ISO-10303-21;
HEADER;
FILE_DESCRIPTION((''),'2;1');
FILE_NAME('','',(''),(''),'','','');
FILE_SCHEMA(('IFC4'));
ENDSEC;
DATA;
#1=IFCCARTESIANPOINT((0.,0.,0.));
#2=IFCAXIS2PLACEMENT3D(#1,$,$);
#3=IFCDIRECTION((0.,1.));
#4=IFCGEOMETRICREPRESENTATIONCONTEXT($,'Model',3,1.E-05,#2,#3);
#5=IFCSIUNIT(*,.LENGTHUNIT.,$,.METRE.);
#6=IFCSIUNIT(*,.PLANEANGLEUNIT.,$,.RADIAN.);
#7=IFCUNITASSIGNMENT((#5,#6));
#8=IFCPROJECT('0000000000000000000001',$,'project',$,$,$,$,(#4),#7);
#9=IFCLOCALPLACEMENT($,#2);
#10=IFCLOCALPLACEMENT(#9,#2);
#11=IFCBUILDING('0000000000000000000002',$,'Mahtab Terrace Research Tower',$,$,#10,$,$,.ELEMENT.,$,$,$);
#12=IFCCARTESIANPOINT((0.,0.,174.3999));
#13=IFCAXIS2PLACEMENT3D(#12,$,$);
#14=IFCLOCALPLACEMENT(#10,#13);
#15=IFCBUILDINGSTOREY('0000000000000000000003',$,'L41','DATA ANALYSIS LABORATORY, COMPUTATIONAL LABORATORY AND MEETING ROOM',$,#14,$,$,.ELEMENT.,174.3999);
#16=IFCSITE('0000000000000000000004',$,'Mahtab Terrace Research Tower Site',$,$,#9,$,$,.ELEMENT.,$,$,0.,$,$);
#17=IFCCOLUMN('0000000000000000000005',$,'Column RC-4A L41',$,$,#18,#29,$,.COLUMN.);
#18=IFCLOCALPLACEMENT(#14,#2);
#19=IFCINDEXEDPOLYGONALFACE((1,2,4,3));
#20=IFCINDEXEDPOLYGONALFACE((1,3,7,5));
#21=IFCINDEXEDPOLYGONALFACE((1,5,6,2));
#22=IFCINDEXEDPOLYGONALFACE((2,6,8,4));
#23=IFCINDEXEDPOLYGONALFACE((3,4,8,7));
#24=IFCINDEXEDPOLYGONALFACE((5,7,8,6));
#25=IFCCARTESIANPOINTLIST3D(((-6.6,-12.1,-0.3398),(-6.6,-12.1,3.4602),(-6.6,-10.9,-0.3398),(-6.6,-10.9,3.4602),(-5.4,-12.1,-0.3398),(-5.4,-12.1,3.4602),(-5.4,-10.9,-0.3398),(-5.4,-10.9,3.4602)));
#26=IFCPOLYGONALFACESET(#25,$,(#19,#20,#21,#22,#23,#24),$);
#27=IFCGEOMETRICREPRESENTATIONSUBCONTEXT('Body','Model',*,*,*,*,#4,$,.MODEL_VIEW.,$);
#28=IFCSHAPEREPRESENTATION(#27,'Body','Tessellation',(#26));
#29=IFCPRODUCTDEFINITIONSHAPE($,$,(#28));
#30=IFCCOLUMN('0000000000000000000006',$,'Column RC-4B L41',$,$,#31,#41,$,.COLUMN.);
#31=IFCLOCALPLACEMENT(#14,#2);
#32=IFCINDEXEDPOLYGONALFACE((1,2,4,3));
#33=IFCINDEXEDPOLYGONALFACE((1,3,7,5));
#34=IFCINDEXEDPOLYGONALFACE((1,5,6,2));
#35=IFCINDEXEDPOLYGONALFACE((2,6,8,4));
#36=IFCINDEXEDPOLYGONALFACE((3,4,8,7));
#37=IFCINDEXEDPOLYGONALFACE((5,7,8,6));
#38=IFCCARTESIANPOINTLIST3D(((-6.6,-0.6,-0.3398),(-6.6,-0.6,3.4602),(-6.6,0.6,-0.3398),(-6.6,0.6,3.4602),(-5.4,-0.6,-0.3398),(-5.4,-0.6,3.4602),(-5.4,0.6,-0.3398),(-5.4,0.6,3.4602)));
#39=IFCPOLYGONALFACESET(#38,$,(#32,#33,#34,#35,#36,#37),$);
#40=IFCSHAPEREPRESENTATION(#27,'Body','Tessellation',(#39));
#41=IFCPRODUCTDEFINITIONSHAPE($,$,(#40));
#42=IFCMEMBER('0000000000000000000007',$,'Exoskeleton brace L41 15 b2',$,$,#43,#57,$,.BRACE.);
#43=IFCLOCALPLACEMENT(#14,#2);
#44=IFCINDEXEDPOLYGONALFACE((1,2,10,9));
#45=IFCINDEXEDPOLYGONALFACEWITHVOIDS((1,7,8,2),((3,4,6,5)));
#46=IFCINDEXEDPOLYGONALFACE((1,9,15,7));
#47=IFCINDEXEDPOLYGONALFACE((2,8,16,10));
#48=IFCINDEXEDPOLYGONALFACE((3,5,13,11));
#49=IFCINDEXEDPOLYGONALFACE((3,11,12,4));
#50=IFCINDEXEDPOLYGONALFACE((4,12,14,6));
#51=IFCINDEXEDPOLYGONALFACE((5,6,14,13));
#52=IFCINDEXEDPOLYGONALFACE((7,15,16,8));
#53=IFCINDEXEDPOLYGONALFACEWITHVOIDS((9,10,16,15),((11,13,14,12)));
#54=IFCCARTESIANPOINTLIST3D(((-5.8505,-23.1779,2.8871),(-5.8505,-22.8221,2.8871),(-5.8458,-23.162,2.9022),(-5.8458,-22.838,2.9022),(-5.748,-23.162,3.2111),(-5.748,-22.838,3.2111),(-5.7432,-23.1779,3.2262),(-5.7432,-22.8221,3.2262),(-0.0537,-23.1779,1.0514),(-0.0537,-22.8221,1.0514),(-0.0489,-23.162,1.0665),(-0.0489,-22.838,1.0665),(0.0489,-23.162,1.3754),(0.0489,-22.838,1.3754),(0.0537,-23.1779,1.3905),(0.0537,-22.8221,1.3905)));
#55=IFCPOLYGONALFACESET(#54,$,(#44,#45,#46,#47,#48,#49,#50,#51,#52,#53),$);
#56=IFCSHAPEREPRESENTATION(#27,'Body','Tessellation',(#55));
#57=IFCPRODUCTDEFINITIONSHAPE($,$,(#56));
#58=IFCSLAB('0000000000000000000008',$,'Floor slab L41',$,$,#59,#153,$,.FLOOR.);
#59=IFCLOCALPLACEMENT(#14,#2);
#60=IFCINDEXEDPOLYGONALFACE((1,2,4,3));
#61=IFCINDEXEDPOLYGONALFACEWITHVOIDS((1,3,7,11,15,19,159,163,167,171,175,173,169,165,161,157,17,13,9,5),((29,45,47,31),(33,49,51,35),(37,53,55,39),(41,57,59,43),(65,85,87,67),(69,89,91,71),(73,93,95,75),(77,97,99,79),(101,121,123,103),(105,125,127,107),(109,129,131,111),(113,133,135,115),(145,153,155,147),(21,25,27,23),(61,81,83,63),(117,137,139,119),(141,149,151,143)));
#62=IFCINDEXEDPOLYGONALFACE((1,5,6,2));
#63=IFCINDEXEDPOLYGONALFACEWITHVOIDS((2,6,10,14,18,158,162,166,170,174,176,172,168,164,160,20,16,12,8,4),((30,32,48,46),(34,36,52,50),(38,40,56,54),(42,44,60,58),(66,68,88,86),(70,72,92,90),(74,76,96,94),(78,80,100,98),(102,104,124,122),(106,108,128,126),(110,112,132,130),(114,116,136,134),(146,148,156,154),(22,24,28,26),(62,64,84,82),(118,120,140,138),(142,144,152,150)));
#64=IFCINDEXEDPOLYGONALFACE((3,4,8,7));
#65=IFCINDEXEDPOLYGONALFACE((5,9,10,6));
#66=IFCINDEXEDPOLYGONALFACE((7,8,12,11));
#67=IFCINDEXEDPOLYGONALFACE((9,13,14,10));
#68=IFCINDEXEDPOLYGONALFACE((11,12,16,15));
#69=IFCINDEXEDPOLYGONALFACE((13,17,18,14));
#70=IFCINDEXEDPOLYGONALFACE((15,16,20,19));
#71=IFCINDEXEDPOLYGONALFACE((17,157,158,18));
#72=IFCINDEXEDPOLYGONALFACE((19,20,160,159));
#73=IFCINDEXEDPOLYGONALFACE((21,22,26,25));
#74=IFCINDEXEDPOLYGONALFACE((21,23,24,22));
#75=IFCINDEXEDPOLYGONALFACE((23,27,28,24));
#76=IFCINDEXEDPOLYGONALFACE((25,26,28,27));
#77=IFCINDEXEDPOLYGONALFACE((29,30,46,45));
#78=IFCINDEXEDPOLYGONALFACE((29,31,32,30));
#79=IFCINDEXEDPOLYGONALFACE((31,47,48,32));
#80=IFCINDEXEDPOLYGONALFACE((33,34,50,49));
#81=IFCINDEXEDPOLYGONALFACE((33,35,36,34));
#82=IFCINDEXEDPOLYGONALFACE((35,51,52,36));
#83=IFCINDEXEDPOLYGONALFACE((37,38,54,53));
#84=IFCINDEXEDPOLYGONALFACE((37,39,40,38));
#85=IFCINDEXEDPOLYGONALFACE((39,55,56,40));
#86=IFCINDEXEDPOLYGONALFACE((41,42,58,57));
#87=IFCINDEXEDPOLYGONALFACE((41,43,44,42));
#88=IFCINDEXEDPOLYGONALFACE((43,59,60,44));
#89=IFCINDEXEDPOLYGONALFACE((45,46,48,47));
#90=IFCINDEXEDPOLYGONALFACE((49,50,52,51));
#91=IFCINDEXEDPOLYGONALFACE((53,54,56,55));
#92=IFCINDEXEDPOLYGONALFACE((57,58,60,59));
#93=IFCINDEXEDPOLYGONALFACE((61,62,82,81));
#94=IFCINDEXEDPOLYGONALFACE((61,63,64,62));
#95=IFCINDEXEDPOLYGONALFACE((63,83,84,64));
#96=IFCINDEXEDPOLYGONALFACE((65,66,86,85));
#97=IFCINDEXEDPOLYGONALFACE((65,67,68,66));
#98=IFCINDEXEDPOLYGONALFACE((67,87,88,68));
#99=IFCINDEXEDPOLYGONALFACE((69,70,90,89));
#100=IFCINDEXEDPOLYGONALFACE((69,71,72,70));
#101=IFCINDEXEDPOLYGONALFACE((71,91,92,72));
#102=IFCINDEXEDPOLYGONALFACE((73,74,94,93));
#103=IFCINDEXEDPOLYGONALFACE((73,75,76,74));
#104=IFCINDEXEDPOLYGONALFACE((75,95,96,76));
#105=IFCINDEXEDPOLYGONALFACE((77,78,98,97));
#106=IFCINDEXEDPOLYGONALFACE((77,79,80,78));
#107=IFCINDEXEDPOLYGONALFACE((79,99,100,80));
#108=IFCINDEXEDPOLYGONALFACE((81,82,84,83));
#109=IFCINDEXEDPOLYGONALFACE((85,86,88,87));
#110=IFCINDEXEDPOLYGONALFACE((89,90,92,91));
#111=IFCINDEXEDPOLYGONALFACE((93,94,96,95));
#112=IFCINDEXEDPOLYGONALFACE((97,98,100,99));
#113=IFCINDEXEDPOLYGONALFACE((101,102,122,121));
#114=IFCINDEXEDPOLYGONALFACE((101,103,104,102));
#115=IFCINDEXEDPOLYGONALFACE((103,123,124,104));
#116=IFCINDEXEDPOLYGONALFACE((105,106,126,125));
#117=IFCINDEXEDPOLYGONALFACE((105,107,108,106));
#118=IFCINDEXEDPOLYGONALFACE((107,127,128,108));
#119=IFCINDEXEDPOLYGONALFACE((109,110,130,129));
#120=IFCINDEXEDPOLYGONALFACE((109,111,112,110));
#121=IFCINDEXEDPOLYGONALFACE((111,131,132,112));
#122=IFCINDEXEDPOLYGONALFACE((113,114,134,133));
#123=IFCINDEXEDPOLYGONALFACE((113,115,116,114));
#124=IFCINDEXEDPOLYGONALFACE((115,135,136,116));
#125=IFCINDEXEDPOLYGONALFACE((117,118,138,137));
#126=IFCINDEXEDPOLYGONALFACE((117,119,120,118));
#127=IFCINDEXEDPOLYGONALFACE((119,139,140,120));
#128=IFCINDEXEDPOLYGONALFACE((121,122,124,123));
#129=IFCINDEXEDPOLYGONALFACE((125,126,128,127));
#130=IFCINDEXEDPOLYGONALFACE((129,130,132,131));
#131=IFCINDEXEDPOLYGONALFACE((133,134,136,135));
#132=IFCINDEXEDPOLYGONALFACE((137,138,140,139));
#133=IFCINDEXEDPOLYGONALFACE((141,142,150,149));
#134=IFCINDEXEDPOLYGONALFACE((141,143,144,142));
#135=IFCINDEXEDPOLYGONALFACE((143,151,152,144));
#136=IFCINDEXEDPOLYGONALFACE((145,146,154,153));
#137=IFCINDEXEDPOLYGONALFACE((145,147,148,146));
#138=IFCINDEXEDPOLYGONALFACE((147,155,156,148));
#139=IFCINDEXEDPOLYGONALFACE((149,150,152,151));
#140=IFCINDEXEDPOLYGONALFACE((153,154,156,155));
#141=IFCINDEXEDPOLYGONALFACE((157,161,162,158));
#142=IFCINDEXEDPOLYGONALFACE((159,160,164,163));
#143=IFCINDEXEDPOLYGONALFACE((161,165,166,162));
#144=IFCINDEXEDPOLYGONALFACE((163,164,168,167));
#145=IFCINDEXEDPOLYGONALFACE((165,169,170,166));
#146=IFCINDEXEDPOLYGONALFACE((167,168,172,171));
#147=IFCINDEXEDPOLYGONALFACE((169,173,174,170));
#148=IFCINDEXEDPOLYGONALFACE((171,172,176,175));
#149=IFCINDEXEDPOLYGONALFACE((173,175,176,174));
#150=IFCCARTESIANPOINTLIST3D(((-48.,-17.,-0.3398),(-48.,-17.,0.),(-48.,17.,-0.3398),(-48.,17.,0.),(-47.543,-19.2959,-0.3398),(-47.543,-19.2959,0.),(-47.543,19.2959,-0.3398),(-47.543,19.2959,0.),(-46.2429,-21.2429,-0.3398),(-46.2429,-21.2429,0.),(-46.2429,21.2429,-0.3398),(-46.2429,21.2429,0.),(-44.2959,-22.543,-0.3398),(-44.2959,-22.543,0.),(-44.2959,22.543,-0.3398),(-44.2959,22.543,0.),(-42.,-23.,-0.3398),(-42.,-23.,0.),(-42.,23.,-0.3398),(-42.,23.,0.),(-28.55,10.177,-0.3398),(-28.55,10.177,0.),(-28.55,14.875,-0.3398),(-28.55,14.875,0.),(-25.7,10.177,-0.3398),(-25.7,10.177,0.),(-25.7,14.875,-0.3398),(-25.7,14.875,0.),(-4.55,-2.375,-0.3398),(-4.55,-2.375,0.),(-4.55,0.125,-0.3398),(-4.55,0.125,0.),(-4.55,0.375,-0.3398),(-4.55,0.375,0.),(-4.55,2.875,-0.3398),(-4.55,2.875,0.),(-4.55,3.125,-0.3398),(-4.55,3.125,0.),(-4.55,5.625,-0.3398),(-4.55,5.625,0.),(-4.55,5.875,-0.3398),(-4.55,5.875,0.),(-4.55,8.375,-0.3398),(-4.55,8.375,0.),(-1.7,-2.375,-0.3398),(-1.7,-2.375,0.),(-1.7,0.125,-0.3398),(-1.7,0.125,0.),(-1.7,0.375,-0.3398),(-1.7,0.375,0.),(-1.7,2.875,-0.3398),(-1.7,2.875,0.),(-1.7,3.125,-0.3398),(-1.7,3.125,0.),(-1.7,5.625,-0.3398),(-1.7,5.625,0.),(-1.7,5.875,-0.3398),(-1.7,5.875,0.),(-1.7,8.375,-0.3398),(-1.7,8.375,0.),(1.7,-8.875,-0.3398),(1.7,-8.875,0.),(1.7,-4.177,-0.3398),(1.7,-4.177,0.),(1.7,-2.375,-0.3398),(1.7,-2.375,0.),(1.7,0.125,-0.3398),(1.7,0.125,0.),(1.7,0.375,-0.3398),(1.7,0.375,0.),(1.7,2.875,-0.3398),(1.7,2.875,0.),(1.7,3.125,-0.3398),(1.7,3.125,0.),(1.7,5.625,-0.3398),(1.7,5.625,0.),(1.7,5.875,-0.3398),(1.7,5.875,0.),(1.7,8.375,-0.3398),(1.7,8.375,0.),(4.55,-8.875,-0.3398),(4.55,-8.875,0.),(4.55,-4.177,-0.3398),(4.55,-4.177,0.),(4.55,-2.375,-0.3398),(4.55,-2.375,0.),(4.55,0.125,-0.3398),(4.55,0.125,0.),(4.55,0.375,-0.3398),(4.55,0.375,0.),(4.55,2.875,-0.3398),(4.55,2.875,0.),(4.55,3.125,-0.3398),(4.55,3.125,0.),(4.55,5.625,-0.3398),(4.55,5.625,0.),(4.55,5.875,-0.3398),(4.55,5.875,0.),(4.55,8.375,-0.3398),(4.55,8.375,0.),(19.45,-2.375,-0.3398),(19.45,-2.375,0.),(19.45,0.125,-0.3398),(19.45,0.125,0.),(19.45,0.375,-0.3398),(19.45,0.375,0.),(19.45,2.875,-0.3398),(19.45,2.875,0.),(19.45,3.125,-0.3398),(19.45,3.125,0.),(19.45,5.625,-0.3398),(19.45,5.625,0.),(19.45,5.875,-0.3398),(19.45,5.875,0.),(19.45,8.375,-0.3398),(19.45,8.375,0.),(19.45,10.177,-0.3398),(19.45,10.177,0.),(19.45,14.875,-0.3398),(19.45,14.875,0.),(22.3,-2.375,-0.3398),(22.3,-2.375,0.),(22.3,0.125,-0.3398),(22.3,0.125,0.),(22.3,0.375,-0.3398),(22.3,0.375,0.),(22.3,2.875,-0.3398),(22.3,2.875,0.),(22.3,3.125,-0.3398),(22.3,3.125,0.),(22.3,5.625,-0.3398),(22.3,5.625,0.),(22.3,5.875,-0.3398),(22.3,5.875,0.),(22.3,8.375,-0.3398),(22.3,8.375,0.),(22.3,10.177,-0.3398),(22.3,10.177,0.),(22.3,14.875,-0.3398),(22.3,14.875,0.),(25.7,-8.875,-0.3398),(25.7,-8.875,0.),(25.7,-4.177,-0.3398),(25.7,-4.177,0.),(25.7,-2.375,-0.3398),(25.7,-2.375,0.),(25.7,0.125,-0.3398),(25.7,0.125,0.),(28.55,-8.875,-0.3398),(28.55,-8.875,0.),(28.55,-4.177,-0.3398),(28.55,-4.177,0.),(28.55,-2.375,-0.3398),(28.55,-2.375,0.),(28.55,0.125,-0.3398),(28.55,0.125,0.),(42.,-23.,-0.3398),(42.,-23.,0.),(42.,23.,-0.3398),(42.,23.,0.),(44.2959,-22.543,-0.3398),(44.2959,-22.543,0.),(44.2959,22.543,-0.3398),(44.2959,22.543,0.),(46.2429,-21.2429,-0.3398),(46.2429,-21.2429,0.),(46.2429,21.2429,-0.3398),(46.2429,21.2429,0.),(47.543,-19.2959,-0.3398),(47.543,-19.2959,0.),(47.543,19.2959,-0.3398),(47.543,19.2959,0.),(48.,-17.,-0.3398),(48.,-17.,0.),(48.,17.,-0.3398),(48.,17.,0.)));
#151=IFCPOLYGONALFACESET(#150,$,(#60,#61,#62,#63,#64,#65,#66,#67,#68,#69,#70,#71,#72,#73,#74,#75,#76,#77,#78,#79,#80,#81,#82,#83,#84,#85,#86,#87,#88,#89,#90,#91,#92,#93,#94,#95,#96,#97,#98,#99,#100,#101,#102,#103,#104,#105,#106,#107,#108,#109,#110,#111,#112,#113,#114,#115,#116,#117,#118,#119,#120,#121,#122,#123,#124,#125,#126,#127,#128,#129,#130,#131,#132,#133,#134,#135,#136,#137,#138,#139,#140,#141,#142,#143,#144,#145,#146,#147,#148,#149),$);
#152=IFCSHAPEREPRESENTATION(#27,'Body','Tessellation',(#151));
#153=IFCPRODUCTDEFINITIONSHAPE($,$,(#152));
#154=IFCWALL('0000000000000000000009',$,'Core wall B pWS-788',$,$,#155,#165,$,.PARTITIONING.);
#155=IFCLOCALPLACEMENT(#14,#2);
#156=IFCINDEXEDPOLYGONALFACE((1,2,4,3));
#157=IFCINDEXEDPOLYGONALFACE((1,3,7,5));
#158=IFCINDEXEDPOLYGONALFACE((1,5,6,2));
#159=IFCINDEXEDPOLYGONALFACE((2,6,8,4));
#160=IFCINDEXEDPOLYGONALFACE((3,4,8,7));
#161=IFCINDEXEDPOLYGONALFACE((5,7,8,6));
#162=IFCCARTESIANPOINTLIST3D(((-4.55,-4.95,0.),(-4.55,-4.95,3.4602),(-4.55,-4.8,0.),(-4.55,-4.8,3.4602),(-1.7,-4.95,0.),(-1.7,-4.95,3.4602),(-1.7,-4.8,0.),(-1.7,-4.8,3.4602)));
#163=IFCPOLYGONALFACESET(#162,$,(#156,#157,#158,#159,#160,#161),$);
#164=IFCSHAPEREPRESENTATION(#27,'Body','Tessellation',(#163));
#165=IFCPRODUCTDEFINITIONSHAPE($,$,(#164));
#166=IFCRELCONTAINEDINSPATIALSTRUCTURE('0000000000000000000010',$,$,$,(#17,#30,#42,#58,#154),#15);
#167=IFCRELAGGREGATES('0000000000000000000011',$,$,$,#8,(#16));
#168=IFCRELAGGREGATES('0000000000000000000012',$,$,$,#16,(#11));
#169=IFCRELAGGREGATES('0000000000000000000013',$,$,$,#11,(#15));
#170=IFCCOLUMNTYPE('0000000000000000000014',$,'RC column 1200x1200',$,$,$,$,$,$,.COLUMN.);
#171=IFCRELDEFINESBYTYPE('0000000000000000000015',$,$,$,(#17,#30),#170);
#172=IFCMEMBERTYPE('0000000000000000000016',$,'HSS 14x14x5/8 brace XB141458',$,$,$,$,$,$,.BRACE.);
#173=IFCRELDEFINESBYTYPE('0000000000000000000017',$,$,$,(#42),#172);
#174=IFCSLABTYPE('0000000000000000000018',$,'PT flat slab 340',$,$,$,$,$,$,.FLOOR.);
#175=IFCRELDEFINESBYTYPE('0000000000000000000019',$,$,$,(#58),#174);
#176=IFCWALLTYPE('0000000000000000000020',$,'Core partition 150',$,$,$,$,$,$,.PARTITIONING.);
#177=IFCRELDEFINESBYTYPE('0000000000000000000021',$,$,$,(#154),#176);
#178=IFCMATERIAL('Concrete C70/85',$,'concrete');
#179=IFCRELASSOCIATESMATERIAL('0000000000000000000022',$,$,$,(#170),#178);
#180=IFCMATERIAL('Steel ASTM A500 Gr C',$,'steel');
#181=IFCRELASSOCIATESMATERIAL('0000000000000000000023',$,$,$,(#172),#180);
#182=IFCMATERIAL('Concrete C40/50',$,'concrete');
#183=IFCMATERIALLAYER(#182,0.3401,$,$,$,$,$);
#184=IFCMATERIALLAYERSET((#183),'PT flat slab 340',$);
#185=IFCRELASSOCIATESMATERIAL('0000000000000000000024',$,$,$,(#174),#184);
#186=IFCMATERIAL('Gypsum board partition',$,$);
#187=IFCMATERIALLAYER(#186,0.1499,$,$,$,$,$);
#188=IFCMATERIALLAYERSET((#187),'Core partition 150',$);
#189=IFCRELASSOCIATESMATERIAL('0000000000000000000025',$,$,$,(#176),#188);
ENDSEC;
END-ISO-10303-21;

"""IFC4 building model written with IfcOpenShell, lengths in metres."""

from ifc_helpers import new_model, si_unit, direction, frame, frame_2d, origin, origin_2d, place, context, subcontext, project, spatial, polyline, rectangle, hollow_rectangle, outline, extrude, material, layer, layer_set, material_profile, profile_set, type_object, element, save


model = new_model("IFC4")

# Units and contexts
model_context = context("Model", 3, precision=1e-05, world=origin(), true_north=direction((0.0, 1.0)))
body_context = subcontext(model_context, "Body", "Model", "MODEL_VIEW")
ifc_project = project(units=[si_unit("LENGTHUNIT", "METRE"), si_unit("PLANEANGLEUNIT", "RADIAN")], contexts=[model_context])

# Site, building, storey
site_placement = place(None, origin())
site = spatial("IfcSite", under=ifc_project, at=site_placement, Name="Mahtab Terrace Research Tower Site", CompositionType="ELEMENT", RefElevation=0.0)
building_placement = place(site_placement, origin())
building = spatial("IfcBuilding", under=site, at=building_placement, Name="Mahtab Terrace Research Tower", CompositionType="ELEMENT")
storey_placement = place(building_placement, frame((0.0, 0.0, 174.3999)))
storey = spatial("IfcBuildingStorey", under=building, at=storey_placement, Name="L41", Description="DATA ANALYSIS LABORATORY, COMPUTATIONAL LABORATORY AND MEETING ROOM", CompositionType="ELEMENT", Elevation=174.3999)

# Columns
ifc_material_1 = material(Name="Concrete C70/85", Category="concrete")
ifc_material_profile_1 = material_profile(ifc_material_1, rectangle(XDim=1.2, YDim=1.2, at=origin_2d()), Name="RC column 1200x1200")
ifc_profile_set_1 = profile_set([ifc_material_profile_1], Name="Concrete C70/85")
column_type = type_object("IfcColumnType", Name="RC column 1200x1200", PredefinedType="COLUMN", material=ifc_profile_set_1)
for number, where, z_axis, x_axis, name in (
    (1, (-6.0, -11.5, -0.3398), (0.0, 0.0, 1.0), (1.0, 0.0, 0.0), "Column RC-4A L41"),
    (2, (-6.0, 0.0, -0.3398), (0.0, 0.0, 1.0), (1.0, 0.0, 0.0), "Column RC-4B L41"),
):
    element("IfcColumn", number, at=place(storey_placement, frame(where, z_axis=z_axis, x_axis=x_axis)), inside=storey, type_object=column_type, Name=name, PredefinedType="COLUMN", context=body_context, shape_type="SweptSolid", body=[
        extrude(rectangle(XDim=1.2, YDim=1.2, at=origin_2d()), origin(), (0.0, 0.0, 1.0), 3.8),
    ])

# Member
ifc_material_2 = material(Name="Steel ASTM A500 Gr C", Category="steel")
ifc_material_profile_2 = material_profile(ifc_material_2, hollow_rectangle(XDim=0.3557, YDim=0.3557, WallThickness=0.0159, at=origin_2d()), Name="HSS14X14X5/8")
ifc_profile_set_2 = profile_set([ifc_material_profile_2], Name="Steel ASTM A500 Gr C")
member_type = type_object("IfcMemberType", Name="HSS 14x14x5/8 brace XB141458", PredefinedType="BRACE", material=ifc_profile_set_2)
member_placement = place(storey_placement, frame((0.0, -23.0, 1.2209), z_axis=(-0.953341, 0.0, 0.301894), x_axis=(0.0, -1.0, 0.0)))
element("IfcMember", 3, at=member_placement, inside=storey, type_object=member_type, Name="Exoskeleton brace L41 15 b2", PredefinedType="BRACE", context=body_context, shape_type="SweptSolid", body=[
    extrude(hollow_rectangle(XDim=0.3557, YDim=0.3557, WallThickness=0.0159, at=origin_2d()), origin(), (0.0, 0.0, 1.0), 6.0806),
])

# Slab
ifc_material_3 = material(Name="Concrete C40/50", Category="concrete")
ifc_layer_1 = layer(ifc_material_3, 0.3401)
ifc_layer_set_1 = layer_set([ifc_layer_1], Name="PT flat slab 340")
slab_type = type_object("IfcSlabType", Name="PT flat slab 340", PredefinedType="FLOOR", material=ifc_layer_set_1)
slab_placement = place(storey_placement, frame((0.0, 0.0, -0.3398)))
element("IfcSlab", 4, at=slab_placement, inside=storey, type_object=slab_type, Name="Floor slab L41", PredefinedType="FLOOR", context=body_context, shape_type="SweptSolid", body=[
    extrude(outline(polyline([(47.543, 19.2959), (46.2429, 21.2429), (44.2959, 22.543), (42.0, 23.0), (-42.0, 23.0), (-44.2959, 22.543), (-46.2429, 21.2429), (-47.543, 19.2959), (-48.0, 17.0), (-48.0, -17.0), (-47.543, -19.2959), (-46.2429, -21.2429), (-44.2959, -22.543), (-42.0, -23.0), (42.0, -23.0), (44.2959, -22.543), (46.2429, -21.2429), (47.543, -19.2959), (48.0, -17.0), (48.0, 17.0), (47.543, 19.2959)]), holes=[polyline([(-4.55, -2.375), (-4.55, 0.125), (-1.7, 0.125), (-1.7, -2.375), (-4.55, -2.375)]), polyline([(1.7, -2.375), (1.7, 0.125), (4.55, 0.125), (4.55, -2.375), (1.7, -2.375)]), polyline([(-4.55, 0.375), (-4.55, 2.875), (-1.7, 2.875), (-1.7, 0.375), (-4.55, 0.375)]), polyline([(1.7, 0.375), (1.7, 2.875), (4.55, 2.875), (4.55, 0.375), (1.7, 0.375)]), polyline([(-4.55, 3.125), (-4.55, 5.625), (-1.7, 5.625), (-1.7, 3.125), (-4.55, 3.125)]), polyline([(1.7, 3.125), (1.7, 5.625), (4.55, 5.625), (4.55, 3.125), (1.7, 3.125)]), polyline([(-4.55, 5.875), (-4.55, 8.375), (-1.7, 8.375), (-1.7, 5.875), (-4.55, 5.875)]), polyline([(1.7, 5.875), (1.7, 8.375), (4.55, 8.375), (4.55, 5.875), (1.7, 5.875)]), polyline([(-28.55, 10.177), (-28.55, 14.875), (-25.7, 14.875), (-25.7, 10.177), (-28.55, 10.177)]), polyline([(1.7, -8.875), (1.7, -4.177), (4.55, -4.177), (4.55, -8.875), (1.7, -8.875)]), polyline([(25.7, -8.875), (25.7, -4.177), (28.55, -4.177), (28.55, -8.875), (25.7, -8.875)]), polyline([(19.45, -2.375), (19.45, 0.125), (22.3, 0.125), (22.3, -2.375), (19.45, -2.375)]), polyline([(25.7, -2.375), (25.7, 0.125), (28.55, 0.125), (28.55, -2.375), (25.7, -2.375)]), polyline([(19.45, 0.375), (19.45, 2.875), (22.3, 2.875), (22.3, 0.375), (19.45, 0.375)]), polyline([(19.45, 3.125), (19.45, 5.625), (22.3, 5.625), (22.3, 3.125), (19.45, 3.125)]), polyline([(19.45, 8.375), (22.3, 8.375), (22.3, 5.875), (19.45, 5.875), (19.45, 8.375)]), polyline([(19.45, 14.875), (22.3, 14.875), (22.3, 10.177), (19.45, 10.177), (19.45, 14.875)])]), origin(), (0.0, 0.0, 1.0), 0.3398),
])

# Wall
ifc_material_4 = material(Name="Gypsum board partition")
ifc_layer_2 = layer(ifc_material_4, 0.1499)
ifc_layer_set_2 = layer_set([ifc_layer_2], Name="Core partition 150")
wall_type_1 = type_object("IfcWallType", Name="Core partition 150", PredefinedType="PARTITIONING", material=ifc_layer_set_2)
wall_1_placement = place(storey_placement, frame((-4.55, -4.875, 0.0), z_axis=(0.0, 0.0, 1.0), x_axis=(1.0, 0.0, 0.0)))
element("IfcWall", 5, at=wall_1_placement, inside=storey, type_object=wall_type_1, Name="Core wall B pWS-788", PredefinedType="PARTITIONING", context=body_context, shape_type="SweptSolid", body=[
    extrude(rectangle(XDim=2.8501, YDim=0.1499, at=frame_2d((1.425, 0.0))), origin(), (0.0, 0.0, 1.0), 3.4602),
])

save(model, "model.ifc")
